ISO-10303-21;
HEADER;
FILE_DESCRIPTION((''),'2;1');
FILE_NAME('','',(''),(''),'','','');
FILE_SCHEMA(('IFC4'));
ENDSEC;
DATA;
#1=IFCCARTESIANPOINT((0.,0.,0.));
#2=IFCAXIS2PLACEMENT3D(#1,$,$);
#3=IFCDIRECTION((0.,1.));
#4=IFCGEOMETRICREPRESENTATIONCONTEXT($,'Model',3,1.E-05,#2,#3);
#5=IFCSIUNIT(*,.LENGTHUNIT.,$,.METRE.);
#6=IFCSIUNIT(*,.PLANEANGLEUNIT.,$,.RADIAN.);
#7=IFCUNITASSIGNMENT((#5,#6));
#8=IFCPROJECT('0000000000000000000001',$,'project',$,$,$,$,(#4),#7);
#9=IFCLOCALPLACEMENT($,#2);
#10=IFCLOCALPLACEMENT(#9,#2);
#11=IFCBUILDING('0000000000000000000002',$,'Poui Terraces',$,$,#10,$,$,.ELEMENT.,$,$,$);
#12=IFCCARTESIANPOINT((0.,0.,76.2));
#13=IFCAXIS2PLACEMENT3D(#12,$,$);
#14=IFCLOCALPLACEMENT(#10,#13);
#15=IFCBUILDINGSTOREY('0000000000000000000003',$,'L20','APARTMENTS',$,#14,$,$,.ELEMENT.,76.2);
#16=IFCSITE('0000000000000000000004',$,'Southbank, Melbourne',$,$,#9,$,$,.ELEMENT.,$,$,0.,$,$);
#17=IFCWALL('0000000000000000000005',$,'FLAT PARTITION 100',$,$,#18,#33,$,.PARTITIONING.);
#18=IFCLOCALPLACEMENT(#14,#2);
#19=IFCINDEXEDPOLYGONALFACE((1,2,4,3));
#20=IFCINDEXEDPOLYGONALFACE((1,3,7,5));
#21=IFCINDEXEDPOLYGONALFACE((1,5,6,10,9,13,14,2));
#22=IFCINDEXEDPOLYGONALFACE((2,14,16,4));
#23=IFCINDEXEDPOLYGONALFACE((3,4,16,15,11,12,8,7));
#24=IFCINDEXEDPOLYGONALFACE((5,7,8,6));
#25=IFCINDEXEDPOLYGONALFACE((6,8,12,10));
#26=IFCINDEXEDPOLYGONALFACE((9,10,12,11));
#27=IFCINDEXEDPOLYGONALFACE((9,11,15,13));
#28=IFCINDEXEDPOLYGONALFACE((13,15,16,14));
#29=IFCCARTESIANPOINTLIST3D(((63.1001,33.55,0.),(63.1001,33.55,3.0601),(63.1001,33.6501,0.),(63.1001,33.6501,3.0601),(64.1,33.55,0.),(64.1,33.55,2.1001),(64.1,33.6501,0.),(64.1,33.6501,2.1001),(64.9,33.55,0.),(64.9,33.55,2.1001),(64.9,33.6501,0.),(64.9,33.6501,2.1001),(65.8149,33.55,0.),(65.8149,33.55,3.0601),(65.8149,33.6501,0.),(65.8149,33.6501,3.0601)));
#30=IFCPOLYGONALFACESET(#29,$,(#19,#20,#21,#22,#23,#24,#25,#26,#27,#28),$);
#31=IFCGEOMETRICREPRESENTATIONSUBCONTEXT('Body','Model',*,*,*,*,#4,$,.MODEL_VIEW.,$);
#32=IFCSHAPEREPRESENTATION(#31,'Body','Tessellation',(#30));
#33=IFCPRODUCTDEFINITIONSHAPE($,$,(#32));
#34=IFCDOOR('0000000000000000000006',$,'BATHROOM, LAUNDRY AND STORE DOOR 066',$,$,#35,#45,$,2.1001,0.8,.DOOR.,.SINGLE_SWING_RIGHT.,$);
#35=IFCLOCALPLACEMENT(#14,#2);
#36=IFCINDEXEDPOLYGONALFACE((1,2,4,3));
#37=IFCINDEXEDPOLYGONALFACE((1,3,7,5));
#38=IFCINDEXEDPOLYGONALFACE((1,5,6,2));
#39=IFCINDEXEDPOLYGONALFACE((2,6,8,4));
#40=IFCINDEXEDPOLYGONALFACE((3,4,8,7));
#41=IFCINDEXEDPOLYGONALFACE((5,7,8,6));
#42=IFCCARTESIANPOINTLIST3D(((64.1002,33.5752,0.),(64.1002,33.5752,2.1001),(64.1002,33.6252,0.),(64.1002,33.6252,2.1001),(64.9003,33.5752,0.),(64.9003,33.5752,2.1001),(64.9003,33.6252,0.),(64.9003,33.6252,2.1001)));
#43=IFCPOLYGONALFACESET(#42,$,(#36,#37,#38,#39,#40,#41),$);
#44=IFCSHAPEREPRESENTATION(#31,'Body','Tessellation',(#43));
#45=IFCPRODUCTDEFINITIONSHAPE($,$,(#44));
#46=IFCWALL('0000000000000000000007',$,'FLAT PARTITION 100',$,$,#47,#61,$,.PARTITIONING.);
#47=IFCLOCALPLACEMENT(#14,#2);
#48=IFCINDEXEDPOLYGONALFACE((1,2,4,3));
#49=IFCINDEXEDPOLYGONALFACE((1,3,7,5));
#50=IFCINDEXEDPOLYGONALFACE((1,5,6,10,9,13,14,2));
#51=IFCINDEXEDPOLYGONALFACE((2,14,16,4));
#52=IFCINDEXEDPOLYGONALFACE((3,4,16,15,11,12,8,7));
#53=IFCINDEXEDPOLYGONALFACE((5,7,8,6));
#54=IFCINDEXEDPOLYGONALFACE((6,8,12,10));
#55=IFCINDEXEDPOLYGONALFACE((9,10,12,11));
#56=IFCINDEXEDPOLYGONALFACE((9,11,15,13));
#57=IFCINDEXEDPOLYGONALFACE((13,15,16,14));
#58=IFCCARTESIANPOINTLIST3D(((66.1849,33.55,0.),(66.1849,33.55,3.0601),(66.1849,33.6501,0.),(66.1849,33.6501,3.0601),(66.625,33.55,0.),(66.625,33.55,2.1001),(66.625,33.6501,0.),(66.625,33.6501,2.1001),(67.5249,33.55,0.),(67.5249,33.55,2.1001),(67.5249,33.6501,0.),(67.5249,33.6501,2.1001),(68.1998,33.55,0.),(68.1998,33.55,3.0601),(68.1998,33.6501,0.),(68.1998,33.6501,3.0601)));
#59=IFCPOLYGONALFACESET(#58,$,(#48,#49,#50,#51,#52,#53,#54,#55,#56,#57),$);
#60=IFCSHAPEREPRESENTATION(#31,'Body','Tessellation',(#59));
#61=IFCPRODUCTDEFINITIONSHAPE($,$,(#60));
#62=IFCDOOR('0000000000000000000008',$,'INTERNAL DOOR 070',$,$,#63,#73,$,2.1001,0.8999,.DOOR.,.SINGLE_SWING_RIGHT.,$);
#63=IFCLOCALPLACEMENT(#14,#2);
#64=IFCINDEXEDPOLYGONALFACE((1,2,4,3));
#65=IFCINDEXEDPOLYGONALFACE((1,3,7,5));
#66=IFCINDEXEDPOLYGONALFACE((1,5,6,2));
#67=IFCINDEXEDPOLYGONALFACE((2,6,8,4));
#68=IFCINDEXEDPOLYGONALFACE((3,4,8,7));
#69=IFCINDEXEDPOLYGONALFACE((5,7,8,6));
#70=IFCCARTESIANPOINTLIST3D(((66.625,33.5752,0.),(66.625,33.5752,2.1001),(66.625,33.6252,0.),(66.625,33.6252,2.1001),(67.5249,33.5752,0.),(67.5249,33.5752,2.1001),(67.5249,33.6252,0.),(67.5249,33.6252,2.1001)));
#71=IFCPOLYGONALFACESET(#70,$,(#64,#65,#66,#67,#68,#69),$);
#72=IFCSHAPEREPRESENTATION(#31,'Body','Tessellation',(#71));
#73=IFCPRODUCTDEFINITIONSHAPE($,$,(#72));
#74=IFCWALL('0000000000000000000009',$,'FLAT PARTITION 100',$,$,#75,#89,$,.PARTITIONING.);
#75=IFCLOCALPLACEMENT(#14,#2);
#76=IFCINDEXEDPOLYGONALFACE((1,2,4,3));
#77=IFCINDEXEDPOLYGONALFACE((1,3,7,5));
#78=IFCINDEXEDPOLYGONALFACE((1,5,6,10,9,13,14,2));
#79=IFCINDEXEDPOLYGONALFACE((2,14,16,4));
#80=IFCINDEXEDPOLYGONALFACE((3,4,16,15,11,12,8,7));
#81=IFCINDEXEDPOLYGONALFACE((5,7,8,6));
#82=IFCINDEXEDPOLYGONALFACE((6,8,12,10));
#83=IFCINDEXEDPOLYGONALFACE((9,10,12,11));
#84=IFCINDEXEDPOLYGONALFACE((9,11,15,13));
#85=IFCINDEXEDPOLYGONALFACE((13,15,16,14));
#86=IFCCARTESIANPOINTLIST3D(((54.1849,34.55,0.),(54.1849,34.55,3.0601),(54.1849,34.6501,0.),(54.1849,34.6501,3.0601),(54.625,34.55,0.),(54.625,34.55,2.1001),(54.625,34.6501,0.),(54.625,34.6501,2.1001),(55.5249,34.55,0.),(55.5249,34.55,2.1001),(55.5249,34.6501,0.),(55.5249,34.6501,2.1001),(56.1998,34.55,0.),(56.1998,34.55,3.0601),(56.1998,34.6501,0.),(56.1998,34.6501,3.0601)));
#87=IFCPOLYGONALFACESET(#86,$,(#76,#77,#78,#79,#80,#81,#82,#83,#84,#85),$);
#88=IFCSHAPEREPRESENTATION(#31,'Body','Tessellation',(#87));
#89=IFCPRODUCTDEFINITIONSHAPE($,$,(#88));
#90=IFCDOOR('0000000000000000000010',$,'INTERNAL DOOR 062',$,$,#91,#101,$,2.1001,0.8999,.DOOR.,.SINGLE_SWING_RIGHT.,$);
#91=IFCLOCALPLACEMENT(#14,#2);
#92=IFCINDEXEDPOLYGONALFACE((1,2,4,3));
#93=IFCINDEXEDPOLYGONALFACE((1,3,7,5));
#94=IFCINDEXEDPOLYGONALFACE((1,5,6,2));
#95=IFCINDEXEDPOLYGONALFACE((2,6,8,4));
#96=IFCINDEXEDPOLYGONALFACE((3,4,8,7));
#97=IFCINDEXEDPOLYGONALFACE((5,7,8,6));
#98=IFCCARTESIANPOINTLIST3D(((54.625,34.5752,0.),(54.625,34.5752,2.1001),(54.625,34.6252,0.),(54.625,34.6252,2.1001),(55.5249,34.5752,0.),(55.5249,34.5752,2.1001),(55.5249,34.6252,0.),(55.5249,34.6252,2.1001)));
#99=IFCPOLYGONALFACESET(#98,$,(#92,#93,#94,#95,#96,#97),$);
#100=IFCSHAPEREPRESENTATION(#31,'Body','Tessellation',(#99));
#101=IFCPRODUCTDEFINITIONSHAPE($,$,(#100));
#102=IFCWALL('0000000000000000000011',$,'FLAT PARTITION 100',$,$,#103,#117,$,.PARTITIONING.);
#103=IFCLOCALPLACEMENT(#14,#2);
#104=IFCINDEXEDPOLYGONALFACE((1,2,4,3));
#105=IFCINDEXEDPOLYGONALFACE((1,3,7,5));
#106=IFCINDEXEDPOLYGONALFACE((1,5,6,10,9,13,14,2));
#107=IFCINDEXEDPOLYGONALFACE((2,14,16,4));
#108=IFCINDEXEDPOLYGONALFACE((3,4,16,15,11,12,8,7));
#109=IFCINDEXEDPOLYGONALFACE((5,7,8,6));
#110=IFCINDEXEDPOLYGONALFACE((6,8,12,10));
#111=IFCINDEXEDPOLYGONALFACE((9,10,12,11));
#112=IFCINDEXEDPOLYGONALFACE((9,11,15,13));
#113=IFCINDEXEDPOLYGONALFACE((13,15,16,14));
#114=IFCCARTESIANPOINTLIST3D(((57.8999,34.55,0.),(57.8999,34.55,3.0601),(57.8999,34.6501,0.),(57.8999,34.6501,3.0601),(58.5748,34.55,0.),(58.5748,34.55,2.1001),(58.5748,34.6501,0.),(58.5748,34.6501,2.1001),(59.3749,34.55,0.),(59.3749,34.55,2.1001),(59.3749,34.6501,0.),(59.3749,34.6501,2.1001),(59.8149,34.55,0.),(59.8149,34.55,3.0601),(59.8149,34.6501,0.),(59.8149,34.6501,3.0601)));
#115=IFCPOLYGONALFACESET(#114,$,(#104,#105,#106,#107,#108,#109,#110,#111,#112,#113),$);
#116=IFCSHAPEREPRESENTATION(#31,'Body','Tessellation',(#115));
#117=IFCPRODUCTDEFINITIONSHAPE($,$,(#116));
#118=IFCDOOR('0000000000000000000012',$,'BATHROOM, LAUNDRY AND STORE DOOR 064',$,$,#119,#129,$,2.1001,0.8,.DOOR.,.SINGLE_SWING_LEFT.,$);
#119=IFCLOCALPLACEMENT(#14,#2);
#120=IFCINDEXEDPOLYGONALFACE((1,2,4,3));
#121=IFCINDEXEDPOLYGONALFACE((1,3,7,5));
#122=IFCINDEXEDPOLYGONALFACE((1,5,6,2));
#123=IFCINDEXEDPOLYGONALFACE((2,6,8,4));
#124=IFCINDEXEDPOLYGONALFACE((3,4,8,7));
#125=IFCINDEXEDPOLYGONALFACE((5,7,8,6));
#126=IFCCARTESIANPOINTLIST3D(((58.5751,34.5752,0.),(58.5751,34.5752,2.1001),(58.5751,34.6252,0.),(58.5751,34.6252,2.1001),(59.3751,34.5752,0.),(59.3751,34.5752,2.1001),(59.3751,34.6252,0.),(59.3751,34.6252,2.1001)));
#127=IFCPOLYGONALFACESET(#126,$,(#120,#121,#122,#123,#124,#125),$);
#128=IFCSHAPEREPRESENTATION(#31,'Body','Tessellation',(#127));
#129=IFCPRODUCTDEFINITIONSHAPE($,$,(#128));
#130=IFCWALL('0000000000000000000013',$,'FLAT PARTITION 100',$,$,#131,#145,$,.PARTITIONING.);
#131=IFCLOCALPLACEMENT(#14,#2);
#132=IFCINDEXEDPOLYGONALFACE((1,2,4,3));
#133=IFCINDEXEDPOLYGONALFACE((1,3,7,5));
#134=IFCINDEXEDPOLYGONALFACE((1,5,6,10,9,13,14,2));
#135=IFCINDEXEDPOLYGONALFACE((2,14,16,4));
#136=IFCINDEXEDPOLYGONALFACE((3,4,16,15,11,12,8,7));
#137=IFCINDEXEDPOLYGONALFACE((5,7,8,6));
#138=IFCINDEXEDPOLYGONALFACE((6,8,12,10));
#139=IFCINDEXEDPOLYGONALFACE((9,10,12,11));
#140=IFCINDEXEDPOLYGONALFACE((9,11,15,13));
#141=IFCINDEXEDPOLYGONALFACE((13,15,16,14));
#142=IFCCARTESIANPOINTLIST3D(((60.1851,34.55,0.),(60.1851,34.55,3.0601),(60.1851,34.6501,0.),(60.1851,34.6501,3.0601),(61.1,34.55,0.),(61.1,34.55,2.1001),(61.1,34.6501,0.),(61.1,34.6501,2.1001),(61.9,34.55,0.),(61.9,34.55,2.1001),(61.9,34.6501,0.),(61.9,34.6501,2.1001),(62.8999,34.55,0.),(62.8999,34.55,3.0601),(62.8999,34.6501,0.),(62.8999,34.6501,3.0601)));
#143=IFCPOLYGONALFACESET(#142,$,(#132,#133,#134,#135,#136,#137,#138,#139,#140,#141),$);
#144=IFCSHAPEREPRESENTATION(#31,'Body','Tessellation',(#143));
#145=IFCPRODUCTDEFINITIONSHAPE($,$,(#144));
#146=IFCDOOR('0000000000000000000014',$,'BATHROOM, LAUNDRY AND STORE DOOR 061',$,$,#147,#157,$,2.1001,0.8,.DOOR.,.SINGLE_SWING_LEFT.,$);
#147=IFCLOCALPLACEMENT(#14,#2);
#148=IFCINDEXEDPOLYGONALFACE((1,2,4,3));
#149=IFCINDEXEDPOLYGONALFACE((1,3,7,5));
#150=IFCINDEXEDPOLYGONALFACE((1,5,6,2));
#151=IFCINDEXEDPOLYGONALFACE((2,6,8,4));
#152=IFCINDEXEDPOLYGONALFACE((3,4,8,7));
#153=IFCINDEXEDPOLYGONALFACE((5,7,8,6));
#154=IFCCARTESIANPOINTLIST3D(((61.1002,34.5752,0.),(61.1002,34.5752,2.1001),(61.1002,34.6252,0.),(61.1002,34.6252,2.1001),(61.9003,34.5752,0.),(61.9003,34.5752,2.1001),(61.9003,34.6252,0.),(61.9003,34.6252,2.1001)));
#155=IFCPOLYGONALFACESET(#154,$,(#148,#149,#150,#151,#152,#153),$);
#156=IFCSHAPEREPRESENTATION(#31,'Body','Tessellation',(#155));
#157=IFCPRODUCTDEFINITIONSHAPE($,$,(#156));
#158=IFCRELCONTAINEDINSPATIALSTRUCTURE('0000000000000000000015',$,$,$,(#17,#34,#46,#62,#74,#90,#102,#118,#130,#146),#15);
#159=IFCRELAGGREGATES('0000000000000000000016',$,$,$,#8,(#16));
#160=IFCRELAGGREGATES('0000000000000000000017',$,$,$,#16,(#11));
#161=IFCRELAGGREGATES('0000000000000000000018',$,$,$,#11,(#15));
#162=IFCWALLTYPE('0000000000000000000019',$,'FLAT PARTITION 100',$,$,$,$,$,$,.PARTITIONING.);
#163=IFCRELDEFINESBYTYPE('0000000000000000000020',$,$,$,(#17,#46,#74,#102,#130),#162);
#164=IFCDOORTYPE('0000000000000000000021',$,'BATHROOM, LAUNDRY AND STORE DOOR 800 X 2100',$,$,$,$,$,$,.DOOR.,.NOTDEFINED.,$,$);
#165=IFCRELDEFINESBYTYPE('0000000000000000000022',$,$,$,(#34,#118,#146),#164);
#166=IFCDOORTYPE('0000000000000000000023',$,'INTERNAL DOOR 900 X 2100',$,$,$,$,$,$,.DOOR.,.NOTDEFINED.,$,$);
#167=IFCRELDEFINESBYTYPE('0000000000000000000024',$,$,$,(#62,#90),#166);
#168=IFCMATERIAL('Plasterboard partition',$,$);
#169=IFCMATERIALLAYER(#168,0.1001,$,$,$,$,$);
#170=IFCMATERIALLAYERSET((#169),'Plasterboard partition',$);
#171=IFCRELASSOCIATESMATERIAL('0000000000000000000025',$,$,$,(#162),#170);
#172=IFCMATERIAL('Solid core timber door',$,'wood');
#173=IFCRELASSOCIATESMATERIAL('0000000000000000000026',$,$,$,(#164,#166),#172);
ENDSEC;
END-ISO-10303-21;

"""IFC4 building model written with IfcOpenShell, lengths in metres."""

from ifc_helpers import new_model, si_unit, direction, frame, frame_2d, origin, place, context, subcontext, project, spatial, rectangle, extrude, material, layer, layer_set, type_object, element, fill, save


model = new_model("IFC4")

# Units and contexts
model_context = context("Model", 3, precision=1e-05, world=origin(), true_north=direction((0.0, 1.0)))
body_context = subcontext(model_context, "Body", "Model", "MODEL_VIEW")
ifc_project = project(units=[si_unit("LENGTHUNIT", "METRE"), si_unit("PLANEANGLEUNIT", "RADIAN")], contexts=[model_context])

# Site, building, storey
site_placement = place(None, origin())
site = spatial("IfcSite", under=ifc_project, at=site_placement, Name="Southbank, Melbourne", CompositionType="ELEMENT", RefElevation=0.0)
building_placement = place(site_placement, origin())
building = spatial("IfcBuilding", under=site, at=building_placement, Name="Poui Terraces", CompositionType="ELEMENT")
storey_placement = place(building_placement, frame((0.0, 0.0, 76.2)))
storey = spatial("IfcBuildingStorey", under=building, at=storey_placement, Name="L20", Description="APARTMENTS", CompositionType="ELEMENT", Elevation=76.2)

# Walls, openings, doors
ifc_material_1 = material(Name="Plasterboard partition")
ifc_layer_1 = layer(ifc_material_1, 0.1001)
ifc_layer_set_1 = layer_set([ifc_layer_1], Name="Plasterboard partition")
wall_type_1 = type_object("IfcWallType", Name="FLAT PARTITION 100", PredefinedType="PARTITIONING", material=ifc_layer_set_1)
wall_1_placement = place(storey_placement, frame((63.1001, 33.6001, 0.0), z_axis=(0.0, 0.0, 1.0), x_axis=(1.0, 0.0, 0.0)))
wall_1 = element("IfcWall", 1, at=wall_1_placement, inside=storey, type_object=wall_type_1, Name="FLAT PARTITION 100", PredefinedType="PARTITIONING", context=body_context, shape_type="SweptSolid", body=[
    extrude(rectangle(XDim=2.7148, YDim=0.1001, at=frame_2d((1.3574, 0.0))), origin(), (0.0, 0.0, 1.0), 3.0601),
])
opening_1_placement = place(wall_1_placement, frame((1.0, 0.0, 0.0)))
opening_1 = element("IfcOpeningElement", 2, at=opening_1_placement, cuts=wall_1, PredefinedType="OPENING", context=body_context, shape_type="SweptSolid", body=[
    extrude(rectangle(XDim=0.8, YDim=2.1001, at=frame_2d((0.3999, 1.05))), frame((0.0, 0.0601, 0.0), z_axis=(0.0, -1.0, 0.0), x_axis=(1.0, 0.0, 0.0)), (0.0, 0.0, 1.0), 0.1201),
])
ifc_material_2 = material(Name="Solid core timber door", Category="wood")
door_type_1 = type_object("IfcDoorType", Name="BATHROOM, LAUNDRY AND STORE DOOR 800 X 2100", OperationType="NOTDEFINED", PredefinedType="DOOR", material=ifc_material_2)
door_1_placement = place(opening_1_placement, frame((0.8, 0.0, 0.0), z_axis=(0.0, 0.0, 1.0), x_axis=(-1.0, 0.0, 0.0)))
door_1 = element("IfcDoor", 3, at=door_1_placement, inside=storey, type_object=door_type_1, Name="BATHROOM, LAUNDRY AND STORE DOOR 066", OperationType="SINGLE_SWING_RIGHT", OverallHeight=2.1001, OverallWidth=0.8, PredefinedType="DOOR", context=body_context, shape_type="SweptSolid", body=[
    extrude(rectangle(XDim=0.8, YDim=2.1001, at=frame_2d((0.3999, 1.05))), frame((0.0, 0.0249, 0.0), z_axis=(0.0, -1.0, 0.0), x_axis=(1.0, 0.0, 0.0)), (0.0, 0.0, 1.0), 0.05),
])
fill(opening_1, door_1)
wall_2_placement = place(storey_placement, frame((66.1851, 33.6001, 0.0), z_axis=(0.0, 0.0, 1.0), x_axis=(1.0, 0.0, 0.0)))
wall_2 = element("IfcWall", 4, at=wall_2_placement, inside=storey, type_object=wall_type_1, Name="FLAT PARTITION 100", PredefinedType="PARTITIONING", context=body_context, shape_type="SweptSolid", body=[
    extrude(rectangle(XDim=2.0149, YDim=0.1001, at=frame_2d((1.0073, 0.0))), origin(), (0.0, 0.0, 1.0), 3.0601),
])
opening_2_placement = place(wall_2_placement, frame((0.4399, 0.0, 0.0)))
opening_2 = element("IfcOpeningElement", 5, at=opening_2_placement, cuts=wall_2, PredefinedType="OPENING", context=body_context, shape_type="SweptSolid", body=[
    extrude(rectangle(XDim=0.8999, YDim=2.1001, at=frame_2d((0.45, 1.05))), frame((0.0, 0.0601, 0.0), z_axis=(0.0, -1.0, 0.0), x_axis=(1.0, 0.0, 0.0)), (0.0, 0.0, 1.0), 0.1201),
])
door_type_2 = type_object("IfcDoorType", Name="INTERNAL DOOR 900 X 2100", OperationType="NOTDEFINED", PredefinedType="DOOR", material=ifc_material_2)
door_2_placement = place(opening_2_placement, frame((0.8999, 0.0, 0.0), z_axis=(0.0, 0.0, 1.0), x_axis=(-1.0, 0.0, 0.0)))
door_2 = element("IfcDoor", 6, at=door_2_placement, inside=storey, type_object=door_type_2, Name="INTERNAL DOOR 070", OperationType="SINGLE_SWING_RIGHT", OverallHeight=2.1001, OverallWidth=0.8999, PredefinedType="DOOR", context=body_context, shape_type="SweptSolid", body=[
    extrude(rectangle(XDim=0.8999, YDim=2.1001, at=frame_2d((0.45, 1.05))), frame((0.0, 0.0249, 0.0), z_axis=(0.0, -1.0, 0.0), x_axis=(1.0, 0.0, 0.0)), (0.0, 0.0, 1.0), 0.05),
])
fill(opening_2, door_2)
wall_3_placement = place(storey_placement, frame((54.1851, 34.6001, 0.0), z_axis=(0.0, 0.0, 1.0), x_axis=(1.0, 0.0, 0.0)))
wall_3 = element("IfcWall", 7, at=wall_3_placement, inside=storey, type_object=wall_type_1, Name="FLAT PARTITION 100", PredefinedType="PARTITIONING", context=body_context, shape_type="SweptSolid", body=[
    extrude(rectangle(XDim=2.0149, YDim=0.1001, at=frame_2d((1.0073, 0.0))), origin(), (0.0, 0.0, 1.0), 3.0601),
])
opening_3_placement = place(wall_3_placement, frame((0.4399, 0.0, 0.0)))
opening_3 = element("IfcOpeningElement", 8, at=opening_3_placement, cuts=wall_3, PredefinedType="OPENING", context=body_context, shape_type="SweptSolid", body=[
    extrude(rectangle(XDim=0.8999, YDim=2.1001, at=frame_2d((0.45, 1.05))), frame((0.0, 0.0601, 0.0), z_axis=(0.0, -1.0, 0.0), x_axis=(1.0, 0.0, 0.0)), (0.0, 0.0, 1.0), 0.1201),
])
door_3_placement = place(opening_3_placement, frame((0.8999, 0.0, 0.0), z_axis=(0.0, 0.0, 1.0), x_axis=(-1.0, 0.0, 0.0)))
door_3 = element("IfcDoor", 9, at=door_3_placement, inside=storey, type_object=door_type_2, Name="INTERNAL DOOR 062", OperationType="SINGLE_SWING_RIGHT", OverallHeight=2.1001, OverallWidth=0.8999, PredefinedType="DOOR", context=body_context, shape_type="SweptSolid", body=[
    extrude(rectangle(XDim=0.8999, YDim=2.1001, at=frame_2d((0.45, 1.05))), frame((0.0, 0.0249, 0.0), z_axis=(0.0, -1.0, 0.0), x_axis=(1.0, 0.0, 0.0)), (0.0, 0.0, 1.0), 0.05),
])
fill(opening_3, door_3)
wall_4_placement = place(storey_placement, frame((57.8999, 34.6001, 0.0), z_axis=(0.0, 0.0, 1.0), x_axis=(1.0, 0.0, 0.0)))
wall_4 = element("IfcWall", 10, at=wall_4_placement, inside=storey, type_object=wall_type_1, Name="FLAT PARTITION 100", PredefinedType="PARTITIONING", context=body_context, shape_type="SweptSolid", body=[
    extrude(rectangle(XDim=1.915, YDim=0.1001, at=frame_2d((0.9575, 0.0))), origin(), (0.0, 0.0, 1.0), 3.0601),
])
opening_4_placement = place(wall_4_placement, frame((0.675, 0.0, 0.0)))
opening_4 = element("IfcOpeningElement", 11, at=opening_4_placement, cuts=wall_4, PredefinedType="OPENING", context=body_context, shape_type="SweptSolid", body=[
    extrude(rectangle(XDim=0.8, YDim=2.1001, at=frame_2d((0.3999, 1.05))), frame((0.0, 0.0601, 0.0), z_axis=(0.0, -1.0, 0.0), x_axis=(1.0, 0.0, 0.0)), (0.0, 0.0, 1.0), 0.1201),
])
door_4_placement = place(opening_4_placement, frame((0.8, 0.0, 0.0), z_axis=(0.0, 0.0, 1.0), x_axis=(-1.0, 0.0, 0.0)))
door_4 = element("IfcDoor", 12, at=door_4_placement, inside=storey, type_object=door_type_1, Name="BATHROOM, LAUNDRY AND STORE DOOR 064", OperationType="SINGLE_SWING_LEFT", OverallHeight=2.1001, OverallWidth=0.8, PredefinedType="DOOR", context=body_context, shape_type="SweptSolid", body=[
    extrude(rectangle(XDim=0.8, YDim=2.1001, at=frame_2d((0.3999, 1.05))), frame((0.0, 0.0249, 0.0), z_axis=(0.0, -1.0, 0.0), x_axis=(1.0, 0.0, 0.0)), (0.0, 0.0, 1.0), 0.05),
])
fill(opening_4, door_4)
wall_5_placement = place(storey_placement, frame((60.1851, 34.6001, 0.0), z_axis=(0.0, 0.0, 1.0), x_axis=(1.0, 0.0, 0.0)))
wall_5 = element("IfcWall", 13, at=wall_5_placement, inside=storey, type_object=wall_type_1, Name="FLAT PARTITION 100", PredefinedType="PARTITIONING", context=body_context, shape_type="SweptSolid", body=[
    extrude(rectangle(XDim=2.7148, YDim=0.1001, at=frame_2d((1.3574, 0.0))), origin(), (0.0, 0.0, 1.0), 3.0601),
])
opening_5_placement = place(wall_5_placement, frame((0.915, 0.0, 0.0)))
opening_5 = element("IfcOpeningElement", 14, at=opening_5_placement, cuts=wall_5, PredefinedType="OPENING", context=body_context, shape_type="SweptSolid", body=[
    extrude(rectangle(XDim=0.8, YDim=2.1001, at=frame_2d((0.3999, 1.05))), frame((0.0, 0.0601, 0.0), z_axis=(0.0, -1.0, 0.0), x_axis=(1.0, 0.0, 0.0)), (0.0, 0.0, 1.0), 0.1201),
])
door_5_placement = place(opening_5_placement, frame((0.8, 0.0, 0.0), z_axis=(0.0, 0.0, 1.0), x_axis=(-1.0, 0.0, 0.0)))
door_5 = element("IfcDoor", 15, at=door_5_placement, inside=storey, type_object=door_type_1, Name="BATHROOM, LAUNDRY AND STORE DOOR 061", OperationType="SINGLE_SWING_LEFT", OverallHeight=2.1001, OverallWidth=0.8, PredefinedType="DOOR", context=body_context, shape_type="SweptSolid", body=[
    extrude(rectangle(XDim=0.8, YDim=2.1001, at=frame_2d((0.3999, 1.05))), frame((0.0, 0.0249, 0.0), z_axis=(0.0, -1.0, 0.0), x_axis=(1.0, 0.0, 0.0)), (0.0, 0.0, 1.0), 0.05),
])
fill(opening_5, door_5)

save(model, "model.ifc")
